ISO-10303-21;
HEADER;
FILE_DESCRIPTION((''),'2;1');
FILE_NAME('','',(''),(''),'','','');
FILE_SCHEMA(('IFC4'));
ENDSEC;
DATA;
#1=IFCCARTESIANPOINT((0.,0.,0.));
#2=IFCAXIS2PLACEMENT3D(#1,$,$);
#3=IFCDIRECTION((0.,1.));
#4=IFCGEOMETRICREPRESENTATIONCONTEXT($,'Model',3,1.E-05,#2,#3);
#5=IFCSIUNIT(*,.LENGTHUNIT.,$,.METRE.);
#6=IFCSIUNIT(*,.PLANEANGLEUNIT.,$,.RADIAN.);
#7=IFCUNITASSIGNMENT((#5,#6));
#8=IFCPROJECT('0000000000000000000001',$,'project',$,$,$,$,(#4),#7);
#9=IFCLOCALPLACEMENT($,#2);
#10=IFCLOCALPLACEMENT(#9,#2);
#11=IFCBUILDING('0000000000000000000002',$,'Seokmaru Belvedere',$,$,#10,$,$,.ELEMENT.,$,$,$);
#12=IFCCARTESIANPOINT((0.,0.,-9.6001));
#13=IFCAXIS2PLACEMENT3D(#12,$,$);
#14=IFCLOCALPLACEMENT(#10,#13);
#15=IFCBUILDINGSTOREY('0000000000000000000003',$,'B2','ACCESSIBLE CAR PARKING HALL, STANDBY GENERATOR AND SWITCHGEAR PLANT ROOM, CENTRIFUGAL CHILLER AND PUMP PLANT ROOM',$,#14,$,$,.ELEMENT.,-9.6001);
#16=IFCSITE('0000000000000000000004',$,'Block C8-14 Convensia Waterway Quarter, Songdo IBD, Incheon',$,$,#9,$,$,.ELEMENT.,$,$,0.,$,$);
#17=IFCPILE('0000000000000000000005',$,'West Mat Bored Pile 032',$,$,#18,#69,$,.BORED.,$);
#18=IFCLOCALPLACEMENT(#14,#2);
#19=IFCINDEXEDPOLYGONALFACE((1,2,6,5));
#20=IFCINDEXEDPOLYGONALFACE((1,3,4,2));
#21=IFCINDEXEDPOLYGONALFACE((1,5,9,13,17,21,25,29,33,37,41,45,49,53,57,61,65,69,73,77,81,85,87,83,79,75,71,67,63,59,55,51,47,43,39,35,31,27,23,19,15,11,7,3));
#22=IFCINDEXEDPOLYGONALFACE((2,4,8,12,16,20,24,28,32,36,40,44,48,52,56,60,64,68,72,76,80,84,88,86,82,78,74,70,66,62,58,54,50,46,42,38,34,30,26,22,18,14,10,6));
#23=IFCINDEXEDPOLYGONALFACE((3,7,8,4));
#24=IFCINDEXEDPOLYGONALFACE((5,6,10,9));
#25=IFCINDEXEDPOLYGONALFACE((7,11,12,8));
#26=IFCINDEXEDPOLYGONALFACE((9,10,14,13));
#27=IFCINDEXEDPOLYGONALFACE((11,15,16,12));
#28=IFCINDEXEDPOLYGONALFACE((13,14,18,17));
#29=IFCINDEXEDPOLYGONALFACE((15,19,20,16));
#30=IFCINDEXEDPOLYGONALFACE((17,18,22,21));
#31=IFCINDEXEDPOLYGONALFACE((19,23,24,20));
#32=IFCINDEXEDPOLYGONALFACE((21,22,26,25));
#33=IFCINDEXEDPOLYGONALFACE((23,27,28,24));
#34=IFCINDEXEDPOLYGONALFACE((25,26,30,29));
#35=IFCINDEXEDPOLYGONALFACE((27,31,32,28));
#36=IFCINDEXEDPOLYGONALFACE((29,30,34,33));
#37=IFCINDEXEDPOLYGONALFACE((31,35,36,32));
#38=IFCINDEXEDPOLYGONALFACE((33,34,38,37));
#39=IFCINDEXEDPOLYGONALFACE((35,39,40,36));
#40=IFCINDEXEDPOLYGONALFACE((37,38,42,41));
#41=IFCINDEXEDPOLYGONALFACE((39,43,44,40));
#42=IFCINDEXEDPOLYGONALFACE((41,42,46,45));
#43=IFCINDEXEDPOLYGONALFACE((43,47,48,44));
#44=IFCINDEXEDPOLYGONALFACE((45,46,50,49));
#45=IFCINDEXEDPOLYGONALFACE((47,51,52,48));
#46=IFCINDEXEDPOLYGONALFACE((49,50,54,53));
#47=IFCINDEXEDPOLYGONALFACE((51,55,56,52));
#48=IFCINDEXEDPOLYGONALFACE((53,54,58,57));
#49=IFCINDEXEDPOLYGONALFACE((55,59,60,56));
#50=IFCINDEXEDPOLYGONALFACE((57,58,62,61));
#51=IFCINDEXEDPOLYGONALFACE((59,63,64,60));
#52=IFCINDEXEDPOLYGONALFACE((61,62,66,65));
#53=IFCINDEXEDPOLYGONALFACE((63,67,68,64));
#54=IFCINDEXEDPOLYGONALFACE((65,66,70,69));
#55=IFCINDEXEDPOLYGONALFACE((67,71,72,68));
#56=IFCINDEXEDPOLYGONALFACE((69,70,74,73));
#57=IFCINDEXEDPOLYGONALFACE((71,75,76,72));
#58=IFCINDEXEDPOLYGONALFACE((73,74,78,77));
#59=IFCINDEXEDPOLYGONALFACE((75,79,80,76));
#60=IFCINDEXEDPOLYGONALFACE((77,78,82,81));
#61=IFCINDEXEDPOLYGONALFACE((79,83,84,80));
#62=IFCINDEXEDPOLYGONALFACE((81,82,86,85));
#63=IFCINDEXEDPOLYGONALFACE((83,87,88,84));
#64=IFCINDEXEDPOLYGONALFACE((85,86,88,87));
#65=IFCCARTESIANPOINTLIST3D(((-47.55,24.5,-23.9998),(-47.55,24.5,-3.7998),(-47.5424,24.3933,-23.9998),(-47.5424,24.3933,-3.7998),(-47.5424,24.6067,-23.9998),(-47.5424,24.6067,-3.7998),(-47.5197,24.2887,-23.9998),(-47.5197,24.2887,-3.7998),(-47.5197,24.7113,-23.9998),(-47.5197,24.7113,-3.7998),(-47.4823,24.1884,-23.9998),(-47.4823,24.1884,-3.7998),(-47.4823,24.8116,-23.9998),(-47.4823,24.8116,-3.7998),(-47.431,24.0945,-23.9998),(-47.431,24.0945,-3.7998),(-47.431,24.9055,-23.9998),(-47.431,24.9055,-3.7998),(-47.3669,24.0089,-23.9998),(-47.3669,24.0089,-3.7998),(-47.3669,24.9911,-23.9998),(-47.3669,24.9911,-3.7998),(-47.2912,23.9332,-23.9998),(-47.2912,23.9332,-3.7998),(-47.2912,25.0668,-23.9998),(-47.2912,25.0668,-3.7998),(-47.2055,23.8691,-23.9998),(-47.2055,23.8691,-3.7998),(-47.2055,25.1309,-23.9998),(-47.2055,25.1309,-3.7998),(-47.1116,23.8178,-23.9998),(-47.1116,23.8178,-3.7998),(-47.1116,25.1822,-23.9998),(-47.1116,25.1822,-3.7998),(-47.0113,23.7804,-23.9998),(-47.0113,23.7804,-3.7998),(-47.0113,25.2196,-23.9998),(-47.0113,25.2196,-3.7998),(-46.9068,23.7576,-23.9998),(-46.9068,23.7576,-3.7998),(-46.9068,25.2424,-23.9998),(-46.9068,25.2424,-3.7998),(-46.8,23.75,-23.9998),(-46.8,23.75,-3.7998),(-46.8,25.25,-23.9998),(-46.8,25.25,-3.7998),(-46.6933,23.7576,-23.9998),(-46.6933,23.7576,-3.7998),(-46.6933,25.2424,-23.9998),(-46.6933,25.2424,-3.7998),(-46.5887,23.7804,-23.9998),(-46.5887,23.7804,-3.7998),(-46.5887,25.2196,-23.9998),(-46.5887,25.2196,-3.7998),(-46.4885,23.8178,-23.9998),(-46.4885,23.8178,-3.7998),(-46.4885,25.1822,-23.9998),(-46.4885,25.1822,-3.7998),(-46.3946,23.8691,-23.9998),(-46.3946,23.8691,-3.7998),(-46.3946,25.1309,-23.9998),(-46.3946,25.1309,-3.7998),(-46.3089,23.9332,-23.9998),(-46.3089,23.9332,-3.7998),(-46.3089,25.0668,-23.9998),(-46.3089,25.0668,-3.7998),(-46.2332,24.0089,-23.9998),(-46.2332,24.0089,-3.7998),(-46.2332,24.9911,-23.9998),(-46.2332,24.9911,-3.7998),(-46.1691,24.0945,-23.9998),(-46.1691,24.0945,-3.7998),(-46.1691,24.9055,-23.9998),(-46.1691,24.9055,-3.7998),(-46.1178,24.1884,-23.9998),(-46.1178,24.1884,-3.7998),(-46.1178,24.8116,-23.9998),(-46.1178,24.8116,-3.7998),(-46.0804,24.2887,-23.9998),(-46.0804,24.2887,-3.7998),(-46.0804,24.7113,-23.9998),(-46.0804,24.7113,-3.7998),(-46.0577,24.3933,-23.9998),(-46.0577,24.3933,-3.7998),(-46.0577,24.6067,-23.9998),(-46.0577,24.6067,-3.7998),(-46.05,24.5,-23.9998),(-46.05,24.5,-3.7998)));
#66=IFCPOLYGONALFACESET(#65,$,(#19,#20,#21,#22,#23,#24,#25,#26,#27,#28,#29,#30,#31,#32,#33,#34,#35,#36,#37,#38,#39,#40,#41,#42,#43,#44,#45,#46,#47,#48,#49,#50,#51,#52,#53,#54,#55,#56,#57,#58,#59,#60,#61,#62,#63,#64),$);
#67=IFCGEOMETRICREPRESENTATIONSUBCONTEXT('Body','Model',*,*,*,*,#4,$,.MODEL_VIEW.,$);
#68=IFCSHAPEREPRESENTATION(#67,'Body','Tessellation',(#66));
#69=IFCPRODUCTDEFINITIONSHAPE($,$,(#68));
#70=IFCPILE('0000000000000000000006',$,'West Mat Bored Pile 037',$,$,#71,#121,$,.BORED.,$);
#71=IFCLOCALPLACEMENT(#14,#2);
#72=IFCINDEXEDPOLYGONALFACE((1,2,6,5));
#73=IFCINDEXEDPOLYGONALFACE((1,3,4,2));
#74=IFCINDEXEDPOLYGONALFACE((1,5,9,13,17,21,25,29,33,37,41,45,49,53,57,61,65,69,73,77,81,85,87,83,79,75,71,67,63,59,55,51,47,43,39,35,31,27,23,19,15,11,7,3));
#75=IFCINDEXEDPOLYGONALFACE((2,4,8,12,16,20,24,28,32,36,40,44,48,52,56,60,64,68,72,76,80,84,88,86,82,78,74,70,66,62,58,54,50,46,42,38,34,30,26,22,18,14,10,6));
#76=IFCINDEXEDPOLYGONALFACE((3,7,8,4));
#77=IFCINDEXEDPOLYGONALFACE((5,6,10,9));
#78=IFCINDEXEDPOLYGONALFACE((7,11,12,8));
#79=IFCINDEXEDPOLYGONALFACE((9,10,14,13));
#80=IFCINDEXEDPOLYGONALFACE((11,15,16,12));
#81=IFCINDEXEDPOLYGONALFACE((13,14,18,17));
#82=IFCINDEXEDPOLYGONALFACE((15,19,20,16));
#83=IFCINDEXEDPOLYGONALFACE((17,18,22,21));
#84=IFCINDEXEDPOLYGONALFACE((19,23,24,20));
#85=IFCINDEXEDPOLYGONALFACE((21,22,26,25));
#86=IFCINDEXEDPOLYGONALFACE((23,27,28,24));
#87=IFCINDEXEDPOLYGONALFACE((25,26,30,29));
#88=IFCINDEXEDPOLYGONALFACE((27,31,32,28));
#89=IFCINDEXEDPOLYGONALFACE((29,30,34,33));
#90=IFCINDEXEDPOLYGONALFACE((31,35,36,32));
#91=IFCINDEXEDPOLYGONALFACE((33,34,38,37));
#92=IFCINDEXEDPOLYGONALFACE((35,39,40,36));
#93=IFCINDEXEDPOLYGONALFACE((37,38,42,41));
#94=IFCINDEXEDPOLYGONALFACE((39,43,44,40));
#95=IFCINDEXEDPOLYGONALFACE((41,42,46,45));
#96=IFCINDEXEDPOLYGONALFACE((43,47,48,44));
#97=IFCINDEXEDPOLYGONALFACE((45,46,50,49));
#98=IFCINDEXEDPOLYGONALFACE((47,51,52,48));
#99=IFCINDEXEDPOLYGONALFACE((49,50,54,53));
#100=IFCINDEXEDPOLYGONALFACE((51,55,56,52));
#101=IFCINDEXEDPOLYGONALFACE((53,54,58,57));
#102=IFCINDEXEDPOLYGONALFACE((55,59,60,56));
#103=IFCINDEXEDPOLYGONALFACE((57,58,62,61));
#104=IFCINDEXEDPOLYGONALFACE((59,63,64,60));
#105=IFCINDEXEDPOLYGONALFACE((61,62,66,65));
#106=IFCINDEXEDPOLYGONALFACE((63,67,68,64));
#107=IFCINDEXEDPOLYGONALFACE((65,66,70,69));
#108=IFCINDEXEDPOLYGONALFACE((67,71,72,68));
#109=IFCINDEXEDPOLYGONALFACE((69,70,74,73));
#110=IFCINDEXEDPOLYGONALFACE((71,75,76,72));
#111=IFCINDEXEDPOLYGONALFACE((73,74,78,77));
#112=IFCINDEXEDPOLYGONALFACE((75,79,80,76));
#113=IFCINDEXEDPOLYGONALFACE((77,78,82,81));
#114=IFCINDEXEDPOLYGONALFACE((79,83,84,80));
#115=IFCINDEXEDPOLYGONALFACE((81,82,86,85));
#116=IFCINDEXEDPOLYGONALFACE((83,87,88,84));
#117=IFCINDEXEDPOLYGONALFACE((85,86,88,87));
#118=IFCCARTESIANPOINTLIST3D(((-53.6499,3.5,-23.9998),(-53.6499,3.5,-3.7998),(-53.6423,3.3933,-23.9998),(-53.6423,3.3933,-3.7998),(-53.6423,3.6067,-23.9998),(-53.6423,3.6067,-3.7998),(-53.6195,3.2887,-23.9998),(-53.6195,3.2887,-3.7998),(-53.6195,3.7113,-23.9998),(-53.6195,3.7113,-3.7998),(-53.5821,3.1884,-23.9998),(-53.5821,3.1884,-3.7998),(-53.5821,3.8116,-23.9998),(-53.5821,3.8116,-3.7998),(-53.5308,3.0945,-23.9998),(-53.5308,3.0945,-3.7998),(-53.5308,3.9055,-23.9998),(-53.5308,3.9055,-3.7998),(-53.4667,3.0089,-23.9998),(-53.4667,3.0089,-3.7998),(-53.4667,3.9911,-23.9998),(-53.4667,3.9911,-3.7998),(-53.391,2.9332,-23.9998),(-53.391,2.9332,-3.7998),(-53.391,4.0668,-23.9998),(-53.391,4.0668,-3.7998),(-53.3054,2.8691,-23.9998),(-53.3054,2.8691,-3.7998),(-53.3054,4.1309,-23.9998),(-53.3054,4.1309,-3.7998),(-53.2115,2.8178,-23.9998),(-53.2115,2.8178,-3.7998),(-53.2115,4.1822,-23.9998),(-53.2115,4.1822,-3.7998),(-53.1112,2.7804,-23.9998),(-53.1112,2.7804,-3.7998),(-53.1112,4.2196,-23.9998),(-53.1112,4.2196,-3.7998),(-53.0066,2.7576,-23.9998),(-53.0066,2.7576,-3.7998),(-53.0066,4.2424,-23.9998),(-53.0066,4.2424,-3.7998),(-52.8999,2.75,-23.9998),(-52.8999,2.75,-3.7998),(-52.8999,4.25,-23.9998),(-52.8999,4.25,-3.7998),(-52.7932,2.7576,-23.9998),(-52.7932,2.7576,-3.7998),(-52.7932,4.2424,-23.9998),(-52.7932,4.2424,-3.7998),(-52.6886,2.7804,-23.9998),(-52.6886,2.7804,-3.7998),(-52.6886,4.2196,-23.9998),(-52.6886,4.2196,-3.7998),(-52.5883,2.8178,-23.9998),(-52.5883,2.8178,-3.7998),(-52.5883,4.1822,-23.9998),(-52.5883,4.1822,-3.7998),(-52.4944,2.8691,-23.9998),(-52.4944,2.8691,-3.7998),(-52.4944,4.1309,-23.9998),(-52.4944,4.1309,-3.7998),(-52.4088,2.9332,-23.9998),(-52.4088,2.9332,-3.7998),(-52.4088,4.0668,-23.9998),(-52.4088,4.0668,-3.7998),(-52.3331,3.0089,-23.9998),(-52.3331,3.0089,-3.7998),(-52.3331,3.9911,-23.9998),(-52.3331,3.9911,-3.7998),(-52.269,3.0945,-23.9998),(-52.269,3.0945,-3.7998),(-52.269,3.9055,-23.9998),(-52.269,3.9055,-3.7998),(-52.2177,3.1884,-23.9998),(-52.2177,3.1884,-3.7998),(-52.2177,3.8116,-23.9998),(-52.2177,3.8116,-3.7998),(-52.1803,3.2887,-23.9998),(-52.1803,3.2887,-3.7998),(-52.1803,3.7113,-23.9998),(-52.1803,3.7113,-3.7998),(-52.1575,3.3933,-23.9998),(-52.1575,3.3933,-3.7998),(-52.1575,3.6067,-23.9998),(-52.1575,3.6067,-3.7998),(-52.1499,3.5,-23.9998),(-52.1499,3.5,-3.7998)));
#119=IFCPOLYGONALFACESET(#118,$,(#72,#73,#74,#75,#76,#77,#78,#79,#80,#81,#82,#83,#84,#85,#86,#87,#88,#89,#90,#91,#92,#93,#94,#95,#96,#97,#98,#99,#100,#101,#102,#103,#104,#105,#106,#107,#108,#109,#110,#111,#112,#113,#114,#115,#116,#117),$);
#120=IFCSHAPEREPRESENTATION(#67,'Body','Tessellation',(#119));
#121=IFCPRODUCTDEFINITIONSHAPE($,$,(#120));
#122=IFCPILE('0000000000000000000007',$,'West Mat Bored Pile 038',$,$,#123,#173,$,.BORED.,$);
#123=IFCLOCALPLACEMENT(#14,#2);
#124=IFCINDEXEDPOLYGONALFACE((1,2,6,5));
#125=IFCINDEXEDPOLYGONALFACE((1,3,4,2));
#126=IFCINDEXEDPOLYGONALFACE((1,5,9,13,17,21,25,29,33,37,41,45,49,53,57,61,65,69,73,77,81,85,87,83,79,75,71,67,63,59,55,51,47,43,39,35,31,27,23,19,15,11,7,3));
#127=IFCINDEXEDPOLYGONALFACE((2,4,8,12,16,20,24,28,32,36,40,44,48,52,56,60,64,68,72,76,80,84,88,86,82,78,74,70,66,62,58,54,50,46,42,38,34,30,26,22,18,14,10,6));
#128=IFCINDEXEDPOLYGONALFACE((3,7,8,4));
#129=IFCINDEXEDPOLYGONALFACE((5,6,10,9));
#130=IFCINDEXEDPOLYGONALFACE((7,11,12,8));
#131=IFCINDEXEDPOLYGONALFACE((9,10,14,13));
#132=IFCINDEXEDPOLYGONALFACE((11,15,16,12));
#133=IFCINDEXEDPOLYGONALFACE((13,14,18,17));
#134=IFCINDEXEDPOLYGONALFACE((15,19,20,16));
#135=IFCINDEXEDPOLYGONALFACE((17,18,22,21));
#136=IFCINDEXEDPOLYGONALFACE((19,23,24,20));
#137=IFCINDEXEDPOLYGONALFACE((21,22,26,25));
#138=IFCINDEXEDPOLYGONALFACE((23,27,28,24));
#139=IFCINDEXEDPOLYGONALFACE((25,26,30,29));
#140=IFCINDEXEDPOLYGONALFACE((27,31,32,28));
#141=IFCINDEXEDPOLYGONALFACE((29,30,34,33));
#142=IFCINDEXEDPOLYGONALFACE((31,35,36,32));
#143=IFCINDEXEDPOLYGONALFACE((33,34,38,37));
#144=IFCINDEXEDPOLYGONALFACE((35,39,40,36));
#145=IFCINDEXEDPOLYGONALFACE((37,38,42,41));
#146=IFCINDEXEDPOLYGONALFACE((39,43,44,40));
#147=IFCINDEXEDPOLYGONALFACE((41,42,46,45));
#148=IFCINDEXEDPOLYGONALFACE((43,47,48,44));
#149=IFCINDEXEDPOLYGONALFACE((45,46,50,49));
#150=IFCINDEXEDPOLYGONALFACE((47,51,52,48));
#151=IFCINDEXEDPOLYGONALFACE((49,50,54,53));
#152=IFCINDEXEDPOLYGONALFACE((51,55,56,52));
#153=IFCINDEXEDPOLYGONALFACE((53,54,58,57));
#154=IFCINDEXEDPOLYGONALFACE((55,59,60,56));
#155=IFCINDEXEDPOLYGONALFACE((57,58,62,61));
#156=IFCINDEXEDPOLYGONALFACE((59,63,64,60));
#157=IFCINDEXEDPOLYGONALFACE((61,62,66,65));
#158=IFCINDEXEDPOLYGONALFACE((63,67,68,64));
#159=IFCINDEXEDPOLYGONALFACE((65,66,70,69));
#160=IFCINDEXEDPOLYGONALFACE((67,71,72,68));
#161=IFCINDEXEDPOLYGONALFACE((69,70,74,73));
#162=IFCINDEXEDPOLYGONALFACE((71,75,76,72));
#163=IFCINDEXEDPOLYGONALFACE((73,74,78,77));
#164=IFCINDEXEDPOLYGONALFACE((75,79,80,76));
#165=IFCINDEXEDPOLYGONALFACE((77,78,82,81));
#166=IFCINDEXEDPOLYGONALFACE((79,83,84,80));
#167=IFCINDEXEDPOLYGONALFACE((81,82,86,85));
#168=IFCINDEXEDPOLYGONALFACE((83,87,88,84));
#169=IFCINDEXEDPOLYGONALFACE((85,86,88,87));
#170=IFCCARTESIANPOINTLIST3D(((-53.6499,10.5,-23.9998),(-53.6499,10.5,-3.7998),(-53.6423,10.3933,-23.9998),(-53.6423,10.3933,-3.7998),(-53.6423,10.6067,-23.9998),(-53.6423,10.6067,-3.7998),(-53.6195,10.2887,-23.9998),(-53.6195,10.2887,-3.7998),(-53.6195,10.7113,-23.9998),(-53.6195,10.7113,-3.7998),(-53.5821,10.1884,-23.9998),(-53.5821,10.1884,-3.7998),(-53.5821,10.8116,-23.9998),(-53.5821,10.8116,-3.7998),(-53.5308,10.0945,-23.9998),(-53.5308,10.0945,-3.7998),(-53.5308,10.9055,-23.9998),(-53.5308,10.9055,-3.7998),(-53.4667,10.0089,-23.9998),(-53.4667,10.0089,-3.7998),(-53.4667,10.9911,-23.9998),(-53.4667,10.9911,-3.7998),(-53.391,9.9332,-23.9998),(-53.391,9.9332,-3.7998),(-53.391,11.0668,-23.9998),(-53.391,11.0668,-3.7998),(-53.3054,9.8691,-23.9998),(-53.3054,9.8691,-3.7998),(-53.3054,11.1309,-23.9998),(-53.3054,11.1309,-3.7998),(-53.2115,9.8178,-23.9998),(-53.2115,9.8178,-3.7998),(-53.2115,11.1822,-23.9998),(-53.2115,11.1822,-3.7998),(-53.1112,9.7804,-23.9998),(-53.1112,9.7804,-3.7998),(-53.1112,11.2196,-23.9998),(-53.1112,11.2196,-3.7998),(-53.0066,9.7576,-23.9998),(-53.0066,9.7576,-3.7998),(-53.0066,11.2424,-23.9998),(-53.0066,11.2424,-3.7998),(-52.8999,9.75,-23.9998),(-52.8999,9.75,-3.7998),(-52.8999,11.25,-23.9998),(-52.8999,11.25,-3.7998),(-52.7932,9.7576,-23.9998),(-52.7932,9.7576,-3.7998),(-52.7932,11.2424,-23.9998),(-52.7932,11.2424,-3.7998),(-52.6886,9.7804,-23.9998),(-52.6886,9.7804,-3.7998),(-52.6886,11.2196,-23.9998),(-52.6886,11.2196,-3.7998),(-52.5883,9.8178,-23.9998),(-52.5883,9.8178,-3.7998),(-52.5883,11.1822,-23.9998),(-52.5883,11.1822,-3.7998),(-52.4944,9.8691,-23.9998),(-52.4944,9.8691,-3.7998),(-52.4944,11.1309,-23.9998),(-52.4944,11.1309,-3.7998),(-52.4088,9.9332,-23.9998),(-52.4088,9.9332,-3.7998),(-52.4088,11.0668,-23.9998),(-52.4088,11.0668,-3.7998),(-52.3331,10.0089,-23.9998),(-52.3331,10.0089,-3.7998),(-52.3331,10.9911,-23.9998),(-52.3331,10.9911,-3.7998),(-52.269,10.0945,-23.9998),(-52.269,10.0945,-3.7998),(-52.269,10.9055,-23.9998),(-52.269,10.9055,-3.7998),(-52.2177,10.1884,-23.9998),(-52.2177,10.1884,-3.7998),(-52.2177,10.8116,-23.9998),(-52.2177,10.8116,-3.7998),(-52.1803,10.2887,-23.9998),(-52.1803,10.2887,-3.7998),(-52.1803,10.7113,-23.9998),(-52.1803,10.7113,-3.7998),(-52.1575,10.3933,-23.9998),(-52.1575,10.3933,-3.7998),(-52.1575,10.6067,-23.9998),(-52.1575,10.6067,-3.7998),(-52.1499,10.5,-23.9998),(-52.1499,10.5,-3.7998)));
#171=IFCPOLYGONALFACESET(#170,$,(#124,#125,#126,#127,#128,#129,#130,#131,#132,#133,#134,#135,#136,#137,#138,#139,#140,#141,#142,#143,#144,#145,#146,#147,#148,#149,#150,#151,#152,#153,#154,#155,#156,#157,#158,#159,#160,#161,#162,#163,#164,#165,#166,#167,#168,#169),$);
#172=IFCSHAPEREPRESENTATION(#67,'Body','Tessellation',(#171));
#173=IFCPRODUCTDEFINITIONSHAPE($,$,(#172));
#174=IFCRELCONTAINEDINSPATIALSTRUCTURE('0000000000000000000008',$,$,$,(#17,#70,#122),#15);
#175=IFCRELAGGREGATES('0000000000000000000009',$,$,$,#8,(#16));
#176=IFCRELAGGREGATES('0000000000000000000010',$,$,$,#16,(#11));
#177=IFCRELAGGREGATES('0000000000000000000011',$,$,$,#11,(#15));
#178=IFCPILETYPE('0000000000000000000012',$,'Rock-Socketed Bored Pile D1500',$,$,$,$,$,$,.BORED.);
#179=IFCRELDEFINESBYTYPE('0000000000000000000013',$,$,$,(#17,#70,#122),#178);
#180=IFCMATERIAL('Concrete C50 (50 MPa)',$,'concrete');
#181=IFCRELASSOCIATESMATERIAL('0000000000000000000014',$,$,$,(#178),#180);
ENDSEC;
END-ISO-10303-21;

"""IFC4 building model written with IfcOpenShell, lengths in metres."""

from ifc_helpers import new_model, si_unit, direction, frame, origin, origin_2d, place, context, subcontext, project, spatial, circle, extrude, source, transform, mapped, material, material_profile, profile_set, type_object, type_shapes, element, save


model = new_model("IFC4")

# Units and contexts
model_context = context("Model", 3, precision=1e-05, world=origin(), true_north=direction((0.0, 1.0)))
body_context = subcontext(model_context, "Body", "Model", "MODEL_VIEW")
ifc_project = project(units=[si_unit("LENGTHUNIT", "METRE"), si_unit("PLANEANGLEUNIT", "RADIAN")], contexts=[model_context])

# Site, building, storey
site_placement = place(None, origin())
site = spatial("IfcSite", under=ifc_project, at=site_placement, Name="Block C8-14 Convensia Waterway Quarter, Songdo IBD, Incheon", CompositionType="ELEMENT", RefElevation=0.0)
building_placement = place(site_placement, origin())
building = spatial("IfcBuilding", under=site, at=building_placement, Name="Seokmaru Belvedere", CompositionType="ELEMENT")
storey_placement = place(building_placement, frame((0.0, 0.0, -9.6001)))
storey = spatial("IfcBuildingStorey", under=building, at=storey_placement, Name="B2", Description="ACCESSIBLE CAR PARKING HALL, STANDBY GENERATOR AND SWITCHGEAR PLANT ROOM, CENTRIFUGAL CHILLER AND PUMP PLANT ROOM", CompositionType="ELEMENT", Elevation=-9.6001)

# Shared definitions
ifc_material_1 = material(Name="Concrete C50 (50 MPa)", Category="concrete")

# Piles
ifc_material_profile_1 = material_profile(ifc_material_1, circle(Radius=0.75, at=origin_2d()), Name="PILE-D1500")
ifc_profile_set_1 = profile_set([ifc_material_profile_1], Name="Concrete C50 (50 MPa)")
pile_type_1 = type_object("IfcPileType", Name="Rock-Socketed Bored Pile D1500", PredefinedType="BORED", material=ifc_profile_set_1)
shared_shape_1 = source(origin(), body_context, "Body", "SweptSolid", [
    extrude(circle(Radius=0.75, at=origin_2d()), origin(), (0.0, 0.0, 1.0), 20.2),
])
type_shapes(pile_type_1, [shared_shape_1])
for number, where, z_axis, x_axis, name in (
    (1, (-46.8, 24.5, -3.7998), (0.0, 0.0, -1.0), (1.0, 0.0, 0.0), "West Mat Bored Pile 032"),
    (2, (-52.8999, 3.5, -3.7998), (0.0, 0.0, -1.0), (1.0, 0.0, 0.0), "West Mat Bored Pile 037"),
    (3, (-52.8999, 10.5, -3.7998), (0.0, 0.0, -1.0), (1.0, 0.0, 0.0), "West Mat Bored Pile 038"),
):
    element("IfcPile", number, at=place(storey_placement, frame(where, z_axis=z_axis, x_axis=x_axis)), inside=storey, type_object=pile_type_1, Name=name, PredefinedType="BORED", context=body_context, shape_type="MappedRepresentation", body=[
        mapped(shared_shape_1, transform((0.0, 0.0, 0.0), scale=1.0)),
    ])

save(model, "model.ifc")
